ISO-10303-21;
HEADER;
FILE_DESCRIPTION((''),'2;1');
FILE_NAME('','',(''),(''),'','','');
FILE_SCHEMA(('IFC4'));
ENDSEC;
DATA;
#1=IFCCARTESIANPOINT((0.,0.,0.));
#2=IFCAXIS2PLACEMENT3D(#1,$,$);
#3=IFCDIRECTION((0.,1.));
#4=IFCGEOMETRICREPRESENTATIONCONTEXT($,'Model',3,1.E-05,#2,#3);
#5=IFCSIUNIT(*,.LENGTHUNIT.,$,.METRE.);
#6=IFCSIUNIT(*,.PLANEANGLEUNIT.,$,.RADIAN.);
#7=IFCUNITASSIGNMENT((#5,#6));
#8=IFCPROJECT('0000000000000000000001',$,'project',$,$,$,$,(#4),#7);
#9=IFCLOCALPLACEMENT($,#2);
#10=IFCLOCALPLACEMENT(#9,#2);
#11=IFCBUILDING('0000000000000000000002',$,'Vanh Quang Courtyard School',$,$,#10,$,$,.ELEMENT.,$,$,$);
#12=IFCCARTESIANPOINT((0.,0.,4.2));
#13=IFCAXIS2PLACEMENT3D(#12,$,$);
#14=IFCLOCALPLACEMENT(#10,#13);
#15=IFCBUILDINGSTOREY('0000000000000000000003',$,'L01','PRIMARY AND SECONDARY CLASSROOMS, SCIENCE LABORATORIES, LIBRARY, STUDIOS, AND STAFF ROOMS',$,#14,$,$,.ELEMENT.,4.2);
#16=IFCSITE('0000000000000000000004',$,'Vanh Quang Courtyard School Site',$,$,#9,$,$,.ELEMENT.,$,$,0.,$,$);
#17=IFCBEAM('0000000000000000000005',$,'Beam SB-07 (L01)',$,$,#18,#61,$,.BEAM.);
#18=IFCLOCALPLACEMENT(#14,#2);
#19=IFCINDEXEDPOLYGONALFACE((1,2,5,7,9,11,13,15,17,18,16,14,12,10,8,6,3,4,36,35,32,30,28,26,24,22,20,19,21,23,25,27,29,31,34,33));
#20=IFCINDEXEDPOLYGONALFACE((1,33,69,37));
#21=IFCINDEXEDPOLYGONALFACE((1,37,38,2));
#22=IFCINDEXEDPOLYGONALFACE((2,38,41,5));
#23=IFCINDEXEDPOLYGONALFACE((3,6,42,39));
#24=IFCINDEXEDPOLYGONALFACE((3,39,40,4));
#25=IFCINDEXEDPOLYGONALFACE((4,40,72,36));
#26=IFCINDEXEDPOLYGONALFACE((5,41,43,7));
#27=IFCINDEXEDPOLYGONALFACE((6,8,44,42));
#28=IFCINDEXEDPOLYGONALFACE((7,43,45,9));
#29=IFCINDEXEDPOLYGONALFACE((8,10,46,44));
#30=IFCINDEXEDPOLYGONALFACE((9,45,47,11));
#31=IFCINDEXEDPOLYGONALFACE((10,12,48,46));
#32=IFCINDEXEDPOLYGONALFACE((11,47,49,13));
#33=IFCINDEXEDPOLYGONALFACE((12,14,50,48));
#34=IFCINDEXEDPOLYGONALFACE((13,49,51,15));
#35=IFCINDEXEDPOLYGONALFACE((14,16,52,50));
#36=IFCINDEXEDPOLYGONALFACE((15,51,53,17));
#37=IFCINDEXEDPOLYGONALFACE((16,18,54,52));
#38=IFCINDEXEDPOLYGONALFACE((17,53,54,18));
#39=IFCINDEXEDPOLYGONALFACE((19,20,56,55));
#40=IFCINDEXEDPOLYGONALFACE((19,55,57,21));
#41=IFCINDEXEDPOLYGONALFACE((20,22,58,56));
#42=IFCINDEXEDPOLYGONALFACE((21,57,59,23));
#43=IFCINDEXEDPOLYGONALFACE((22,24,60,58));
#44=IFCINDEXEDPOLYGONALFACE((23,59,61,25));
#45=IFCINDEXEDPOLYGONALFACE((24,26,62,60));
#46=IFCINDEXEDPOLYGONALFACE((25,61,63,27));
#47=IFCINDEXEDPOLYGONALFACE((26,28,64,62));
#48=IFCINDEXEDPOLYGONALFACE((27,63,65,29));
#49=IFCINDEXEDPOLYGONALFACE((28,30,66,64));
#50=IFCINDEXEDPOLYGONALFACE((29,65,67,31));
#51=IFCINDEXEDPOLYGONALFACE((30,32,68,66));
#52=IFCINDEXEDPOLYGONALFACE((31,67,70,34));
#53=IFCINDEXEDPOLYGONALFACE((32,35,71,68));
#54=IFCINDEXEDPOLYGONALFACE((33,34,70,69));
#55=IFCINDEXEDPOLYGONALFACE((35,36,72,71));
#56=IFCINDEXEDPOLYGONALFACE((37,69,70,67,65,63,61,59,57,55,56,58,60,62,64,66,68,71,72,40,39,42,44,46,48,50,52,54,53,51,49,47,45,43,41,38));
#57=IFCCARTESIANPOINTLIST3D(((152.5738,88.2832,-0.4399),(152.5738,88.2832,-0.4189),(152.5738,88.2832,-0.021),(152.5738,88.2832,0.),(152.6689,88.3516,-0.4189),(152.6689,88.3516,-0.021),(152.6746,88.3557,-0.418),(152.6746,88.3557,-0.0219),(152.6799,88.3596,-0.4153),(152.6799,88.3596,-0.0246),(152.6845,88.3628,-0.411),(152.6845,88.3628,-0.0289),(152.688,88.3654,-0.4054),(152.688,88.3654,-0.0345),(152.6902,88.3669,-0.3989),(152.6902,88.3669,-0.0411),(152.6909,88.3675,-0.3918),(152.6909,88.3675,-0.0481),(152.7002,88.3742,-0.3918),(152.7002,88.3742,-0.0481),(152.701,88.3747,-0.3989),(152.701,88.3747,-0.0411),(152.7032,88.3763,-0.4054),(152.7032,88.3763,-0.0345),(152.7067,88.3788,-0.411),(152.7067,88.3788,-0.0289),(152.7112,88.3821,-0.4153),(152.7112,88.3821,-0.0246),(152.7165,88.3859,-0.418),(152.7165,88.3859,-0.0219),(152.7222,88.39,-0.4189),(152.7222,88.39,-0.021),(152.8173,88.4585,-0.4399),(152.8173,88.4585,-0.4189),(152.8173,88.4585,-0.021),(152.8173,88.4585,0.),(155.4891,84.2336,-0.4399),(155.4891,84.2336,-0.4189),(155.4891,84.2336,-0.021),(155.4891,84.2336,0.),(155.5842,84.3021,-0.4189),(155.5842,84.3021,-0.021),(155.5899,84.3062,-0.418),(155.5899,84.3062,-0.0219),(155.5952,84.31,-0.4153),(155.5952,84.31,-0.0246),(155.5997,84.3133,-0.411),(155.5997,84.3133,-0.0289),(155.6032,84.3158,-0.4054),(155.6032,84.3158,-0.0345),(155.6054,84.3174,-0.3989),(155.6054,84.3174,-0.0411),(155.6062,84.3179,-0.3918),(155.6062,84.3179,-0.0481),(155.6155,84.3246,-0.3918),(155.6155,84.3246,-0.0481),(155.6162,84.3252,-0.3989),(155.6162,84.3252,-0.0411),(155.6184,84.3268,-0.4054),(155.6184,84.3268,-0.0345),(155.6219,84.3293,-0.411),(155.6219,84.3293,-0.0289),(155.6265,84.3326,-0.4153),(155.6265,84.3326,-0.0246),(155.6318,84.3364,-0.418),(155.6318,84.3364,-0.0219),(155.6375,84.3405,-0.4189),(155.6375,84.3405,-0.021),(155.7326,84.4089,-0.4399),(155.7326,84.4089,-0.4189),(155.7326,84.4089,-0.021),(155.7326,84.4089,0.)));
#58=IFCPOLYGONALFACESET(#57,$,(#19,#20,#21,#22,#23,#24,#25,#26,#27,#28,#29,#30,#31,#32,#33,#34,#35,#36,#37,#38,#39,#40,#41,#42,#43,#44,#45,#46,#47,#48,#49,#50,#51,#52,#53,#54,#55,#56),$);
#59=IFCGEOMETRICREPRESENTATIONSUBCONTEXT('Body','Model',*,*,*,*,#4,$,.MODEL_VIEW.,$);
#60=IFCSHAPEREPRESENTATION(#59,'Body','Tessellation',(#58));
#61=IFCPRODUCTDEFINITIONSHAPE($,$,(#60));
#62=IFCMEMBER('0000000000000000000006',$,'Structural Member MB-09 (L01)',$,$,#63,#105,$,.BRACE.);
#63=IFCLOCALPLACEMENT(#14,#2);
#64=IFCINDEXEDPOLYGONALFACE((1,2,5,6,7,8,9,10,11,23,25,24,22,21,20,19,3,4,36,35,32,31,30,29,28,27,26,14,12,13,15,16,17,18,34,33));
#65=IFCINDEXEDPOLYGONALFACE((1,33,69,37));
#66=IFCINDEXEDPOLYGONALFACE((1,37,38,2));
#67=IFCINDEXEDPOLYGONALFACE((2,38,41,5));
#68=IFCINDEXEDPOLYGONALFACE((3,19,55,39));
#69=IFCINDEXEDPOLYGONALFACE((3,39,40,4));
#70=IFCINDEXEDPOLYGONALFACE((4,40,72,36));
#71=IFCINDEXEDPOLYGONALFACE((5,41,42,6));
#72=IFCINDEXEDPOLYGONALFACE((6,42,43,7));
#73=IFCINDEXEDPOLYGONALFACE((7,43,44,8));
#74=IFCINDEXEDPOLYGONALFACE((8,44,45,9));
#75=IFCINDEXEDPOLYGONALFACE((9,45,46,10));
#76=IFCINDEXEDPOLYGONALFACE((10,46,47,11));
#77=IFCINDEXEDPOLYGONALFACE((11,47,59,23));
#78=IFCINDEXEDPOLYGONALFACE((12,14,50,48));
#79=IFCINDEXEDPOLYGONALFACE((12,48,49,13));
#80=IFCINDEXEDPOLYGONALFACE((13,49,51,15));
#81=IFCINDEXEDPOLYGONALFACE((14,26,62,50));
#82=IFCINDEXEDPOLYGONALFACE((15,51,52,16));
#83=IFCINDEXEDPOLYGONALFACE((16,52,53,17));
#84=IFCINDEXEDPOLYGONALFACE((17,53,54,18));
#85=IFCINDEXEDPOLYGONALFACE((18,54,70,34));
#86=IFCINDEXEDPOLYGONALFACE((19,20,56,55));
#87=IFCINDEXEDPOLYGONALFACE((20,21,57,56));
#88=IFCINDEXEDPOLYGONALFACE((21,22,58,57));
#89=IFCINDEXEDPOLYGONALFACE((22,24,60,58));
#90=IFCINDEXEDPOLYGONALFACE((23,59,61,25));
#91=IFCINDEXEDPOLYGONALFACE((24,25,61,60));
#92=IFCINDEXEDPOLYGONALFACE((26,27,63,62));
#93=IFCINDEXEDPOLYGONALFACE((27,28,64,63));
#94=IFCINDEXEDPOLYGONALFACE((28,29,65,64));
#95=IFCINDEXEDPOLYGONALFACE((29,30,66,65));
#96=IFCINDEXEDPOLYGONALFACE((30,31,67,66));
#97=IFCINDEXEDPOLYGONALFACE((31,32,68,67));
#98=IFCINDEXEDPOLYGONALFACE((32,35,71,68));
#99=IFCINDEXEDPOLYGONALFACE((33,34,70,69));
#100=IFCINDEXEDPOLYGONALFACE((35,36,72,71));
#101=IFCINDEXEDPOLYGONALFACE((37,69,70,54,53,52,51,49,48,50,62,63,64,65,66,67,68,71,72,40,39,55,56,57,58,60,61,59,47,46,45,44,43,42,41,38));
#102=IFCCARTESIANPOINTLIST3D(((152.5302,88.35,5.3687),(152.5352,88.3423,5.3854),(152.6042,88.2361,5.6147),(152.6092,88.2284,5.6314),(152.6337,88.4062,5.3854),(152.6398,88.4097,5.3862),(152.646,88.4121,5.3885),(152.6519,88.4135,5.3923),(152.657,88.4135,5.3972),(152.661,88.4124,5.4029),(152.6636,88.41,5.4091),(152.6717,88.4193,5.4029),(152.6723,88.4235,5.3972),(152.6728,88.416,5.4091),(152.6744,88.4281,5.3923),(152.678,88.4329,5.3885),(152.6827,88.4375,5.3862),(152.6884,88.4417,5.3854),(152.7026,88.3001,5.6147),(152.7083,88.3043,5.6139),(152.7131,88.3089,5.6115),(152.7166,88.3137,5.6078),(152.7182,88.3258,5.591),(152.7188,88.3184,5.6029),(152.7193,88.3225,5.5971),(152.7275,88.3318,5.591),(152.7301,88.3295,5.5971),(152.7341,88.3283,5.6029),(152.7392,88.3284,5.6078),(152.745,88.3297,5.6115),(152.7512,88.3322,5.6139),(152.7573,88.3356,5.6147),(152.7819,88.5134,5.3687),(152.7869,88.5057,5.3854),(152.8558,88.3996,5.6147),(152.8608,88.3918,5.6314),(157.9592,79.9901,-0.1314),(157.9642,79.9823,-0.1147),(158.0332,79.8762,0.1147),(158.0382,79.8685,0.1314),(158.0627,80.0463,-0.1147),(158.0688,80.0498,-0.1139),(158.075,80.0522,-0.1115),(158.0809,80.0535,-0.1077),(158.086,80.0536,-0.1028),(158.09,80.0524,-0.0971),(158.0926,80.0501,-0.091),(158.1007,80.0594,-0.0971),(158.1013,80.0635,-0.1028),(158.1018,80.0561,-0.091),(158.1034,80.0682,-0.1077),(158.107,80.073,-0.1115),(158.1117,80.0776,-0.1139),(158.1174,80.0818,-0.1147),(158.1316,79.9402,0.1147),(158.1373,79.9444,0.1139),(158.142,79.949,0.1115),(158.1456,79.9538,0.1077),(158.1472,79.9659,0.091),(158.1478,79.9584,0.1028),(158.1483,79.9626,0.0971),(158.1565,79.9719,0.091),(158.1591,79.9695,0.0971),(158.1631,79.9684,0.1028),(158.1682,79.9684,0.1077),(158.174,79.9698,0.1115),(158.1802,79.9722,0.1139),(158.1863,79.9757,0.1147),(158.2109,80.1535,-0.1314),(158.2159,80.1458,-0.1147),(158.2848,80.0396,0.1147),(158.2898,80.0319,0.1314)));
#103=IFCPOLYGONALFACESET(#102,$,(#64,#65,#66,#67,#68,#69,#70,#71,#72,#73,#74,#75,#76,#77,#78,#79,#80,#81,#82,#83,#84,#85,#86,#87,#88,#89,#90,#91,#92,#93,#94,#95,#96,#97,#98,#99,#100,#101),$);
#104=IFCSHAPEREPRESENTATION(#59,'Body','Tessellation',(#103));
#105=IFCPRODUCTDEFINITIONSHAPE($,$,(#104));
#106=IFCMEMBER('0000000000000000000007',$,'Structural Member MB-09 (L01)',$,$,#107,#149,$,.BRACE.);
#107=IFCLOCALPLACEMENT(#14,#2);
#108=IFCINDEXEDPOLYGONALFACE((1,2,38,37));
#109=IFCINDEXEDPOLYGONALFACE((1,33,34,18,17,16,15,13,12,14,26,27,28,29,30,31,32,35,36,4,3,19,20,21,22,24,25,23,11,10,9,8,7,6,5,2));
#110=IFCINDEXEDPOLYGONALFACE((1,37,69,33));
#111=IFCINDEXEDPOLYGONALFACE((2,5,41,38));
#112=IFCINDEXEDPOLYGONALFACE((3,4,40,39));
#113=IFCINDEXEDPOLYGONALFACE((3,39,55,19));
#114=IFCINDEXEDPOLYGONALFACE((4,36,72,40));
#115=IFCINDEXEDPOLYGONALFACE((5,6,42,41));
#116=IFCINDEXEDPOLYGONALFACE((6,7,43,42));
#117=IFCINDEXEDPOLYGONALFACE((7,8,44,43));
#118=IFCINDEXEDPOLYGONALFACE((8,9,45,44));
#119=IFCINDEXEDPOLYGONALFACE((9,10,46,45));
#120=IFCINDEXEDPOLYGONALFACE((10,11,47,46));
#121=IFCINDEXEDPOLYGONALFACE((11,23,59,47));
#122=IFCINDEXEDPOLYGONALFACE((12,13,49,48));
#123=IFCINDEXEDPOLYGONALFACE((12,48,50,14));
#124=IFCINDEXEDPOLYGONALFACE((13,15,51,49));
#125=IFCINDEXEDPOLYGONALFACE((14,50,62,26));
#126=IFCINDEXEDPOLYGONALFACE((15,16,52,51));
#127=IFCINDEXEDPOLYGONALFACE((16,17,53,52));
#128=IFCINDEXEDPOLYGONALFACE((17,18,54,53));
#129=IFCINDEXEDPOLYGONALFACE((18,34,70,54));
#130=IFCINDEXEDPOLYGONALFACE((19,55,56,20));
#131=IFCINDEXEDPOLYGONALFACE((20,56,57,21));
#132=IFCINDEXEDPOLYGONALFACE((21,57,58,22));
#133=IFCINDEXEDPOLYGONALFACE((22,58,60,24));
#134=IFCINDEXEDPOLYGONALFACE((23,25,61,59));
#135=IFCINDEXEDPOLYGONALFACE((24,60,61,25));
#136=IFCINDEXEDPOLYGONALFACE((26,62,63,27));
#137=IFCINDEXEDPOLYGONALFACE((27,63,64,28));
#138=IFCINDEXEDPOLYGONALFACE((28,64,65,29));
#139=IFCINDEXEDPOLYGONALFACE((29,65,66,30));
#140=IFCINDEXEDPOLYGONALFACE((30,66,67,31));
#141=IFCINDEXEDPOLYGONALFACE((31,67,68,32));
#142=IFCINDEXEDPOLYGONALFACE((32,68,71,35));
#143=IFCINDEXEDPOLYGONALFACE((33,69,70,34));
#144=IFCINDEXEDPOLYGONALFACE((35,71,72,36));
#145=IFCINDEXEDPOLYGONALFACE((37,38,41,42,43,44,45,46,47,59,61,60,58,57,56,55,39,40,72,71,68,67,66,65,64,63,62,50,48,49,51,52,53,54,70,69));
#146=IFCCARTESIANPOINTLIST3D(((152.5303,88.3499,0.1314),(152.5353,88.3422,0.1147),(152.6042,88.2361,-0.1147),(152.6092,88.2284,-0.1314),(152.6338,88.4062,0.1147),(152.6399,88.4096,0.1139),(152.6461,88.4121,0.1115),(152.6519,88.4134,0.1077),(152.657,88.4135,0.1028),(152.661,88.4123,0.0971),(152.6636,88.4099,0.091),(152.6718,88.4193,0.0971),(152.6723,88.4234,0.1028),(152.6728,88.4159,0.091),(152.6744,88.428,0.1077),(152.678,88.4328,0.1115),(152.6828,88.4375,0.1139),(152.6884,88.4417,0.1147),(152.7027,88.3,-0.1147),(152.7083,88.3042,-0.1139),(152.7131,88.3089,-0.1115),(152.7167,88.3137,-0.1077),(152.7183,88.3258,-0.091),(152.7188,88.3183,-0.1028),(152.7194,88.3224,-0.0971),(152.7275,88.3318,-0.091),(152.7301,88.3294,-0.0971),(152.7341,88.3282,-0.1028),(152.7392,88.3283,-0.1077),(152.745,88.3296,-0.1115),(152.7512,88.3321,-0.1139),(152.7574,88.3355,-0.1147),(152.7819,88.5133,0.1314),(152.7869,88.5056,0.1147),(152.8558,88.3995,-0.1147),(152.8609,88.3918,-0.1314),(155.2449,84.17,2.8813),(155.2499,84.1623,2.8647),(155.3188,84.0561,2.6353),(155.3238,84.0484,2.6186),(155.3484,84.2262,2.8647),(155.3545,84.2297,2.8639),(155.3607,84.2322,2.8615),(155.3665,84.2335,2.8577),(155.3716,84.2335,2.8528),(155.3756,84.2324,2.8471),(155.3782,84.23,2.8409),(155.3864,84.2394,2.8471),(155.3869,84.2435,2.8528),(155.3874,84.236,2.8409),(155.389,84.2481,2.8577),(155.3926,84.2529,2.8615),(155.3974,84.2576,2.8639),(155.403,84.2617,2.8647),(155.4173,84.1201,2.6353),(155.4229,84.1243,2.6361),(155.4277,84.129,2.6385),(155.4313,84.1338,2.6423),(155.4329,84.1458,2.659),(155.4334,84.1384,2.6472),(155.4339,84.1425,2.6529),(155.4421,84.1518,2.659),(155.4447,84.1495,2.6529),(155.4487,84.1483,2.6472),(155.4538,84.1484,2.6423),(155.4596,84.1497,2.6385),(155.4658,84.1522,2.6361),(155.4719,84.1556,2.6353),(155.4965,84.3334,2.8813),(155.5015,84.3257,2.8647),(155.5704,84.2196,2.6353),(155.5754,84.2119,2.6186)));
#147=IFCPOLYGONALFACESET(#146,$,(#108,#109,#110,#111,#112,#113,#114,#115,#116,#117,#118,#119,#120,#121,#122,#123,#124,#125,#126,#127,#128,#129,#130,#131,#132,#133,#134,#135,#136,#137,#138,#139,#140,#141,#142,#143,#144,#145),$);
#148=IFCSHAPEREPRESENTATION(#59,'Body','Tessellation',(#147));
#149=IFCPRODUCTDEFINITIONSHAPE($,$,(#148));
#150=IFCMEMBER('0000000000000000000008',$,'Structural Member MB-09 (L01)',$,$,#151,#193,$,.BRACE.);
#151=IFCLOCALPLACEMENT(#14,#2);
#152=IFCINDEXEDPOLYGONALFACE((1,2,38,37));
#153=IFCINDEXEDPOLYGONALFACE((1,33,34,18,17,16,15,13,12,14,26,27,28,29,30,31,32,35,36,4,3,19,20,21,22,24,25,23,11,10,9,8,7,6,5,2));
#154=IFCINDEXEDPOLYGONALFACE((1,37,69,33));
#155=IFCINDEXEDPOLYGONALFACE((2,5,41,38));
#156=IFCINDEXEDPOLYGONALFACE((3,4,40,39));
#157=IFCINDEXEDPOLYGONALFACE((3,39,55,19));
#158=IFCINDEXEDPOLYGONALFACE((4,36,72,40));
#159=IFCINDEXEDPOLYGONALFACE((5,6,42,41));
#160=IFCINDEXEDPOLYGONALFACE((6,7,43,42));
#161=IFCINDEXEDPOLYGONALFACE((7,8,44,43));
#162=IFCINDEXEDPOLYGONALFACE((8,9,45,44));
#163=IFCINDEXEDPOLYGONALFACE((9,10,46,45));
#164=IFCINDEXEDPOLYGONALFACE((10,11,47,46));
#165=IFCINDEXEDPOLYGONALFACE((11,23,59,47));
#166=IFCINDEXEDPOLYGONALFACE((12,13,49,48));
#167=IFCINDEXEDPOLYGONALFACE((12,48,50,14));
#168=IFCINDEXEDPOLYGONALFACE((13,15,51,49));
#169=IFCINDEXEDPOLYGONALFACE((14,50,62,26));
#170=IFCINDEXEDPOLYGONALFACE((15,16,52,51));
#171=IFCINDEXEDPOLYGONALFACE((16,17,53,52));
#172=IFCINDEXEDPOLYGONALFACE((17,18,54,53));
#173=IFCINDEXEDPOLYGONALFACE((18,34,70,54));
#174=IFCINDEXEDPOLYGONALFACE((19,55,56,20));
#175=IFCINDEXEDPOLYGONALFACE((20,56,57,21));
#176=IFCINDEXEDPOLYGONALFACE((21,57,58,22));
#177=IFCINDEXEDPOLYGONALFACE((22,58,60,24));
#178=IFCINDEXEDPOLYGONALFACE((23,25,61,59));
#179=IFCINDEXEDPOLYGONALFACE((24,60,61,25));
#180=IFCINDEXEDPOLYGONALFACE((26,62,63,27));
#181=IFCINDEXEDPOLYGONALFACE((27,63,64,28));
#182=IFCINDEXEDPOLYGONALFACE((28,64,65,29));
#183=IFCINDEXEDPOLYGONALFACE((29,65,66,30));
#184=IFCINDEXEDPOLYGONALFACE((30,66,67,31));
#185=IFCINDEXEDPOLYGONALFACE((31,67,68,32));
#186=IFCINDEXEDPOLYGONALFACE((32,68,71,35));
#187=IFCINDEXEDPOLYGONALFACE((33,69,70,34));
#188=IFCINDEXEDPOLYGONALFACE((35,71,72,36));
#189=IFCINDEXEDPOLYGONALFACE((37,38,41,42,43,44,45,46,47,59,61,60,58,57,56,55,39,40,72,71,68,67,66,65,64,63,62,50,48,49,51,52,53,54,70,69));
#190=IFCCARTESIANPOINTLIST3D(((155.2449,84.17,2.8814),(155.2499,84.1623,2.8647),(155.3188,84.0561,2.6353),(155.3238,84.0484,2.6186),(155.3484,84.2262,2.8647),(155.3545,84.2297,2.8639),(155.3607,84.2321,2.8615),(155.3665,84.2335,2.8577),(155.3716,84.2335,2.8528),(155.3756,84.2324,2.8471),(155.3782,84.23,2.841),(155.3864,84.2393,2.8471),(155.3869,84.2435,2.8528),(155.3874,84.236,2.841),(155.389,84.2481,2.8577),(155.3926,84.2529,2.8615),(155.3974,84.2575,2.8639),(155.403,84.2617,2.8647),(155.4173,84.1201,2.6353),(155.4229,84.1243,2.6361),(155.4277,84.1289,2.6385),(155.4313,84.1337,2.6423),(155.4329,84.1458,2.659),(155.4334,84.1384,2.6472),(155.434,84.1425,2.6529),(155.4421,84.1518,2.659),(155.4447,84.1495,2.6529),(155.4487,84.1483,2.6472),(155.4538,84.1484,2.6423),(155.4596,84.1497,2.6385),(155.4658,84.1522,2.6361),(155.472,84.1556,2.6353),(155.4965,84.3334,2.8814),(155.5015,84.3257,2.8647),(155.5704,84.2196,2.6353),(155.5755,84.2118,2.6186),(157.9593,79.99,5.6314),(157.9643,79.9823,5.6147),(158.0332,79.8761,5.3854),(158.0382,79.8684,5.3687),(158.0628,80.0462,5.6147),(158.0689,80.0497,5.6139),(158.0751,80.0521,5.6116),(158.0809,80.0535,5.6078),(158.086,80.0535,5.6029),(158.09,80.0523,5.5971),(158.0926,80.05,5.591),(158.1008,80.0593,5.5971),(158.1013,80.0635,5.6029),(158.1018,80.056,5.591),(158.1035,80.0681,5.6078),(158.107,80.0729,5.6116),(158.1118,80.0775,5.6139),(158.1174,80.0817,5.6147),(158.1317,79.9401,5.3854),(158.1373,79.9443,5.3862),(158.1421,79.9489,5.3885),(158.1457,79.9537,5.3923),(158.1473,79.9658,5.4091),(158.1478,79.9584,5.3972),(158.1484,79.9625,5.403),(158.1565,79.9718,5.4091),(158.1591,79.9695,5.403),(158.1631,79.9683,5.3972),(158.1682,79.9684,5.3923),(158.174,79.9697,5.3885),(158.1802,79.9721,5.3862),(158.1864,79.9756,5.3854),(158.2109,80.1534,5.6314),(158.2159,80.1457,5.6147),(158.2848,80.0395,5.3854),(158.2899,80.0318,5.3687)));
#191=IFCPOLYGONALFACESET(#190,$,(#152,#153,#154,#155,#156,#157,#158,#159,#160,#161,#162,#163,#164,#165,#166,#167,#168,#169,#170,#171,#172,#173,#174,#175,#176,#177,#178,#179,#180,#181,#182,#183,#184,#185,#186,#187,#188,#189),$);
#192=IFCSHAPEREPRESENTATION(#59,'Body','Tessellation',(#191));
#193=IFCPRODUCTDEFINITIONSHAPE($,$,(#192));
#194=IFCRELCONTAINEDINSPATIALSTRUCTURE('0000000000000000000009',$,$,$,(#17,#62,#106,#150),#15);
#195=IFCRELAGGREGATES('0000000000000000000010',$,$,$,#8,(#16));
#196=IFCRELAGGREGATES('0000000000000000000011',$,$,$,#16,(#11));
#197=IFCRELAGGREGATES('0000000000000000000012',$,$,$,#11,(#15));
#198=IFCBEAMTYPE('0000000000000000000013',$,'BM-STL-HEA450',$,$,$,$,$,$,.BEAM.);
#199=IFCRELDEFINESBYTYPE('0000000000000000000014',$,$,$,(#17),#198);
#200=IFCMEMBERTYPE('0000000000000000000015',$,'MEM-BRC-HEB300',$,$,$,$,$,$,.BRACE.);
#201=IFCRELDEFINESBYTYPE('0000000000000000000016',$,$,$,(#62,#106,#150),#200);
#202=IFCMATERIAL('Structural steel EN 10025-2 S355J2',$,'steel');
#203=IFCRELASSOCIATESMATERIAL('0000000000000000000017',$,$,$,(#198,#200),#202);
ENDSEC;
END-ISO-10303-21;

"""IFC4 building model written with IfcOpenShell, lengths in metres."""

from ifc_helpers import new_model, si_unit, direction, frame, origin, origin_2d, place, context, subcontext, project, spatial, i_section, extrude, material, material_profile, profile_set, type_object, element, save


model = new_model("IFC4")

# Units and contexts
model_context = context("Model", 3, precision=1e-05, world=origin(), true_north=direction((0.0, 1.0)))
body_context = subcontext(model_context, "Body", "Model", "MODEL_VIEW")
ifc_project = project(units=[si_unit("LENGTHUNIT", "METRE"), si_unit("PLANEANGLEUNIT", "RADIAN")], contexts=[model_context])

# Site, building, storey
site_placement = place(None, origin())
site = spatial("IfcSite", under=ifc_project, at=site_placement, Name="Vanh Quang Courtyard School Site", CompositionType="ELEMENT", RefElevation=0.0)
building_placement = place(site_placement, origin())
building = spatial("IfcBuilding", under=site, at=building_placement, Name="Vanh Quang Courtyard School", CompositionType="ELEMENT")
storey_placement = place(building_placement, frame((0.0, 0.0, 4.2)))
storey = spatial("IfcBuildingStorey", under=building, at=storey_placement, Name="L01", Description="PRIMARY AND SECONDARY CLASSROOMS, SCIENCE LABORATORIES, LIBRARY, STUDIOS, AND STAFF ROOMS", CompositionType="ELEMENT", Elevation=4.2)

# Shared definitions
ifc_material_1 = material(Name="Structural steel EN 10025-2 S355J2", Category="steel")

# Beam
ifc_material_profile_1 = material_profile(ifc_material_1, i_section(OverallWidth=0.3, OverallDepth=0.4399, WebThickness=0.0115, FlangeThickness=0.021, FilletRadius=0.0271, at=origin_2d()), Name="HEA 450")
ifc_profile_set_1 = profile_set([ifc_material_profile_1], Name="Structural steel EN 10025-2 S355J2")
beam_type = type_object("IfcBeamType", Name="BM-STL-HEA450", PredefinedType="BEAM", material=ifc_profile_set_1)
for number, where, z_axis, x_axis, name in (
    (1, (155.6108, 84.3213, -0.22), (-0.584252, 0.811572, 0.0), (-0.811572, -0.584252, 0.0), "Beam SB-07 (L01)"),
):
    element("IfcBeam", number, at=place(storey_placement, frame(where, z_axis=z_axis, x_axis=x_axis)), inside=storey, type_object=beam_type, Name=name, PredefinedType="BEAM", context=body_context, shape_type="SweptSolid", body=[
        extrude(i_section(OverallWidth=0.3, OverallDepth=0.4399, WebThickness=0.0115, FlangeThickness=0.021, FilletRadius=0.0271, at=origin_2d()), origin(), (0.0, 0.0, 1.0), 4.9897),
    ])

# Members
ifc_material_profile_2 = material_profile(ifc_material_1, i_section(OverallWidth=0.3, OverallDepth=0.3, WebThickness=0.011, FlangeThickness=0.019, FilletRadius=0.0271, at=origin_2d()), Name="HEB 300")
ifc_profile_set_2 = profile_set([ifc_material_profile_2], Name="Structural steel EN 10025-2 S355J2")
member_type = type_object("IfcMemberType", Name="MEM-BRC-HEB300", PredefinedType="BRACE", material=ifc_profile_set_2)
member_placement = place(storey_placement, frame((158.1245, 80.011, 0.0), z_axis=(-0.476865, 0.734308, 0.483105), x_axis=(-0.838671, -0.544639, 0.0)))
element("IfcMember", 2, at=member_placement, inside=storey, type_object=member_type, Name="Structural Member MB-09 (L01)", PredefinedType="BRACE", context=body_context, shape_type="SweptSolid", body=[
    extrude(i_section(OverallWidth=0.3, OverallDepth=0.3, WebThickness=0.011, FlangeThickness=0.019, FilletRadius=0.0271, at=origin_2d()), origin(), (0.0, 0.0, 1.0), 11.3848),
])
for number, where, z_axis, x_axis, name in (
    (3, (152.6956, 88.3708, 0.0), (0.476882, -0.734301, 0.483101), (0.83866, 0.544656, 0.0), "Structural Member MB-09 (L01)"),
    (4, (155.4102, 84.1909, 2.75), (0.476849, -0.734316, 0.48311), (0.838682, 0.544622, 0.0), "Structural Member MB-09 (L01)"),
):
    element("IfcMember", number, at=place(storey_placement, frame(where, z_axis=z_axis, x_axis=x_axis)), inside=storey, type_object=member_type, Name=name, PredefinedType="BRACE", context=body_context, shape_type="SweptSolid", body=[
        extrude(i_section(OverallWidth=0.3, OverallDepth=0.3, WebThickness=0.011, FlangeThickness=0.019, FilletRadius=0.0271, at=origin_2d()), origin(), (0.0, 0.0, 1.0), 5.6924),
    ])

save(model, "model.ifc")
